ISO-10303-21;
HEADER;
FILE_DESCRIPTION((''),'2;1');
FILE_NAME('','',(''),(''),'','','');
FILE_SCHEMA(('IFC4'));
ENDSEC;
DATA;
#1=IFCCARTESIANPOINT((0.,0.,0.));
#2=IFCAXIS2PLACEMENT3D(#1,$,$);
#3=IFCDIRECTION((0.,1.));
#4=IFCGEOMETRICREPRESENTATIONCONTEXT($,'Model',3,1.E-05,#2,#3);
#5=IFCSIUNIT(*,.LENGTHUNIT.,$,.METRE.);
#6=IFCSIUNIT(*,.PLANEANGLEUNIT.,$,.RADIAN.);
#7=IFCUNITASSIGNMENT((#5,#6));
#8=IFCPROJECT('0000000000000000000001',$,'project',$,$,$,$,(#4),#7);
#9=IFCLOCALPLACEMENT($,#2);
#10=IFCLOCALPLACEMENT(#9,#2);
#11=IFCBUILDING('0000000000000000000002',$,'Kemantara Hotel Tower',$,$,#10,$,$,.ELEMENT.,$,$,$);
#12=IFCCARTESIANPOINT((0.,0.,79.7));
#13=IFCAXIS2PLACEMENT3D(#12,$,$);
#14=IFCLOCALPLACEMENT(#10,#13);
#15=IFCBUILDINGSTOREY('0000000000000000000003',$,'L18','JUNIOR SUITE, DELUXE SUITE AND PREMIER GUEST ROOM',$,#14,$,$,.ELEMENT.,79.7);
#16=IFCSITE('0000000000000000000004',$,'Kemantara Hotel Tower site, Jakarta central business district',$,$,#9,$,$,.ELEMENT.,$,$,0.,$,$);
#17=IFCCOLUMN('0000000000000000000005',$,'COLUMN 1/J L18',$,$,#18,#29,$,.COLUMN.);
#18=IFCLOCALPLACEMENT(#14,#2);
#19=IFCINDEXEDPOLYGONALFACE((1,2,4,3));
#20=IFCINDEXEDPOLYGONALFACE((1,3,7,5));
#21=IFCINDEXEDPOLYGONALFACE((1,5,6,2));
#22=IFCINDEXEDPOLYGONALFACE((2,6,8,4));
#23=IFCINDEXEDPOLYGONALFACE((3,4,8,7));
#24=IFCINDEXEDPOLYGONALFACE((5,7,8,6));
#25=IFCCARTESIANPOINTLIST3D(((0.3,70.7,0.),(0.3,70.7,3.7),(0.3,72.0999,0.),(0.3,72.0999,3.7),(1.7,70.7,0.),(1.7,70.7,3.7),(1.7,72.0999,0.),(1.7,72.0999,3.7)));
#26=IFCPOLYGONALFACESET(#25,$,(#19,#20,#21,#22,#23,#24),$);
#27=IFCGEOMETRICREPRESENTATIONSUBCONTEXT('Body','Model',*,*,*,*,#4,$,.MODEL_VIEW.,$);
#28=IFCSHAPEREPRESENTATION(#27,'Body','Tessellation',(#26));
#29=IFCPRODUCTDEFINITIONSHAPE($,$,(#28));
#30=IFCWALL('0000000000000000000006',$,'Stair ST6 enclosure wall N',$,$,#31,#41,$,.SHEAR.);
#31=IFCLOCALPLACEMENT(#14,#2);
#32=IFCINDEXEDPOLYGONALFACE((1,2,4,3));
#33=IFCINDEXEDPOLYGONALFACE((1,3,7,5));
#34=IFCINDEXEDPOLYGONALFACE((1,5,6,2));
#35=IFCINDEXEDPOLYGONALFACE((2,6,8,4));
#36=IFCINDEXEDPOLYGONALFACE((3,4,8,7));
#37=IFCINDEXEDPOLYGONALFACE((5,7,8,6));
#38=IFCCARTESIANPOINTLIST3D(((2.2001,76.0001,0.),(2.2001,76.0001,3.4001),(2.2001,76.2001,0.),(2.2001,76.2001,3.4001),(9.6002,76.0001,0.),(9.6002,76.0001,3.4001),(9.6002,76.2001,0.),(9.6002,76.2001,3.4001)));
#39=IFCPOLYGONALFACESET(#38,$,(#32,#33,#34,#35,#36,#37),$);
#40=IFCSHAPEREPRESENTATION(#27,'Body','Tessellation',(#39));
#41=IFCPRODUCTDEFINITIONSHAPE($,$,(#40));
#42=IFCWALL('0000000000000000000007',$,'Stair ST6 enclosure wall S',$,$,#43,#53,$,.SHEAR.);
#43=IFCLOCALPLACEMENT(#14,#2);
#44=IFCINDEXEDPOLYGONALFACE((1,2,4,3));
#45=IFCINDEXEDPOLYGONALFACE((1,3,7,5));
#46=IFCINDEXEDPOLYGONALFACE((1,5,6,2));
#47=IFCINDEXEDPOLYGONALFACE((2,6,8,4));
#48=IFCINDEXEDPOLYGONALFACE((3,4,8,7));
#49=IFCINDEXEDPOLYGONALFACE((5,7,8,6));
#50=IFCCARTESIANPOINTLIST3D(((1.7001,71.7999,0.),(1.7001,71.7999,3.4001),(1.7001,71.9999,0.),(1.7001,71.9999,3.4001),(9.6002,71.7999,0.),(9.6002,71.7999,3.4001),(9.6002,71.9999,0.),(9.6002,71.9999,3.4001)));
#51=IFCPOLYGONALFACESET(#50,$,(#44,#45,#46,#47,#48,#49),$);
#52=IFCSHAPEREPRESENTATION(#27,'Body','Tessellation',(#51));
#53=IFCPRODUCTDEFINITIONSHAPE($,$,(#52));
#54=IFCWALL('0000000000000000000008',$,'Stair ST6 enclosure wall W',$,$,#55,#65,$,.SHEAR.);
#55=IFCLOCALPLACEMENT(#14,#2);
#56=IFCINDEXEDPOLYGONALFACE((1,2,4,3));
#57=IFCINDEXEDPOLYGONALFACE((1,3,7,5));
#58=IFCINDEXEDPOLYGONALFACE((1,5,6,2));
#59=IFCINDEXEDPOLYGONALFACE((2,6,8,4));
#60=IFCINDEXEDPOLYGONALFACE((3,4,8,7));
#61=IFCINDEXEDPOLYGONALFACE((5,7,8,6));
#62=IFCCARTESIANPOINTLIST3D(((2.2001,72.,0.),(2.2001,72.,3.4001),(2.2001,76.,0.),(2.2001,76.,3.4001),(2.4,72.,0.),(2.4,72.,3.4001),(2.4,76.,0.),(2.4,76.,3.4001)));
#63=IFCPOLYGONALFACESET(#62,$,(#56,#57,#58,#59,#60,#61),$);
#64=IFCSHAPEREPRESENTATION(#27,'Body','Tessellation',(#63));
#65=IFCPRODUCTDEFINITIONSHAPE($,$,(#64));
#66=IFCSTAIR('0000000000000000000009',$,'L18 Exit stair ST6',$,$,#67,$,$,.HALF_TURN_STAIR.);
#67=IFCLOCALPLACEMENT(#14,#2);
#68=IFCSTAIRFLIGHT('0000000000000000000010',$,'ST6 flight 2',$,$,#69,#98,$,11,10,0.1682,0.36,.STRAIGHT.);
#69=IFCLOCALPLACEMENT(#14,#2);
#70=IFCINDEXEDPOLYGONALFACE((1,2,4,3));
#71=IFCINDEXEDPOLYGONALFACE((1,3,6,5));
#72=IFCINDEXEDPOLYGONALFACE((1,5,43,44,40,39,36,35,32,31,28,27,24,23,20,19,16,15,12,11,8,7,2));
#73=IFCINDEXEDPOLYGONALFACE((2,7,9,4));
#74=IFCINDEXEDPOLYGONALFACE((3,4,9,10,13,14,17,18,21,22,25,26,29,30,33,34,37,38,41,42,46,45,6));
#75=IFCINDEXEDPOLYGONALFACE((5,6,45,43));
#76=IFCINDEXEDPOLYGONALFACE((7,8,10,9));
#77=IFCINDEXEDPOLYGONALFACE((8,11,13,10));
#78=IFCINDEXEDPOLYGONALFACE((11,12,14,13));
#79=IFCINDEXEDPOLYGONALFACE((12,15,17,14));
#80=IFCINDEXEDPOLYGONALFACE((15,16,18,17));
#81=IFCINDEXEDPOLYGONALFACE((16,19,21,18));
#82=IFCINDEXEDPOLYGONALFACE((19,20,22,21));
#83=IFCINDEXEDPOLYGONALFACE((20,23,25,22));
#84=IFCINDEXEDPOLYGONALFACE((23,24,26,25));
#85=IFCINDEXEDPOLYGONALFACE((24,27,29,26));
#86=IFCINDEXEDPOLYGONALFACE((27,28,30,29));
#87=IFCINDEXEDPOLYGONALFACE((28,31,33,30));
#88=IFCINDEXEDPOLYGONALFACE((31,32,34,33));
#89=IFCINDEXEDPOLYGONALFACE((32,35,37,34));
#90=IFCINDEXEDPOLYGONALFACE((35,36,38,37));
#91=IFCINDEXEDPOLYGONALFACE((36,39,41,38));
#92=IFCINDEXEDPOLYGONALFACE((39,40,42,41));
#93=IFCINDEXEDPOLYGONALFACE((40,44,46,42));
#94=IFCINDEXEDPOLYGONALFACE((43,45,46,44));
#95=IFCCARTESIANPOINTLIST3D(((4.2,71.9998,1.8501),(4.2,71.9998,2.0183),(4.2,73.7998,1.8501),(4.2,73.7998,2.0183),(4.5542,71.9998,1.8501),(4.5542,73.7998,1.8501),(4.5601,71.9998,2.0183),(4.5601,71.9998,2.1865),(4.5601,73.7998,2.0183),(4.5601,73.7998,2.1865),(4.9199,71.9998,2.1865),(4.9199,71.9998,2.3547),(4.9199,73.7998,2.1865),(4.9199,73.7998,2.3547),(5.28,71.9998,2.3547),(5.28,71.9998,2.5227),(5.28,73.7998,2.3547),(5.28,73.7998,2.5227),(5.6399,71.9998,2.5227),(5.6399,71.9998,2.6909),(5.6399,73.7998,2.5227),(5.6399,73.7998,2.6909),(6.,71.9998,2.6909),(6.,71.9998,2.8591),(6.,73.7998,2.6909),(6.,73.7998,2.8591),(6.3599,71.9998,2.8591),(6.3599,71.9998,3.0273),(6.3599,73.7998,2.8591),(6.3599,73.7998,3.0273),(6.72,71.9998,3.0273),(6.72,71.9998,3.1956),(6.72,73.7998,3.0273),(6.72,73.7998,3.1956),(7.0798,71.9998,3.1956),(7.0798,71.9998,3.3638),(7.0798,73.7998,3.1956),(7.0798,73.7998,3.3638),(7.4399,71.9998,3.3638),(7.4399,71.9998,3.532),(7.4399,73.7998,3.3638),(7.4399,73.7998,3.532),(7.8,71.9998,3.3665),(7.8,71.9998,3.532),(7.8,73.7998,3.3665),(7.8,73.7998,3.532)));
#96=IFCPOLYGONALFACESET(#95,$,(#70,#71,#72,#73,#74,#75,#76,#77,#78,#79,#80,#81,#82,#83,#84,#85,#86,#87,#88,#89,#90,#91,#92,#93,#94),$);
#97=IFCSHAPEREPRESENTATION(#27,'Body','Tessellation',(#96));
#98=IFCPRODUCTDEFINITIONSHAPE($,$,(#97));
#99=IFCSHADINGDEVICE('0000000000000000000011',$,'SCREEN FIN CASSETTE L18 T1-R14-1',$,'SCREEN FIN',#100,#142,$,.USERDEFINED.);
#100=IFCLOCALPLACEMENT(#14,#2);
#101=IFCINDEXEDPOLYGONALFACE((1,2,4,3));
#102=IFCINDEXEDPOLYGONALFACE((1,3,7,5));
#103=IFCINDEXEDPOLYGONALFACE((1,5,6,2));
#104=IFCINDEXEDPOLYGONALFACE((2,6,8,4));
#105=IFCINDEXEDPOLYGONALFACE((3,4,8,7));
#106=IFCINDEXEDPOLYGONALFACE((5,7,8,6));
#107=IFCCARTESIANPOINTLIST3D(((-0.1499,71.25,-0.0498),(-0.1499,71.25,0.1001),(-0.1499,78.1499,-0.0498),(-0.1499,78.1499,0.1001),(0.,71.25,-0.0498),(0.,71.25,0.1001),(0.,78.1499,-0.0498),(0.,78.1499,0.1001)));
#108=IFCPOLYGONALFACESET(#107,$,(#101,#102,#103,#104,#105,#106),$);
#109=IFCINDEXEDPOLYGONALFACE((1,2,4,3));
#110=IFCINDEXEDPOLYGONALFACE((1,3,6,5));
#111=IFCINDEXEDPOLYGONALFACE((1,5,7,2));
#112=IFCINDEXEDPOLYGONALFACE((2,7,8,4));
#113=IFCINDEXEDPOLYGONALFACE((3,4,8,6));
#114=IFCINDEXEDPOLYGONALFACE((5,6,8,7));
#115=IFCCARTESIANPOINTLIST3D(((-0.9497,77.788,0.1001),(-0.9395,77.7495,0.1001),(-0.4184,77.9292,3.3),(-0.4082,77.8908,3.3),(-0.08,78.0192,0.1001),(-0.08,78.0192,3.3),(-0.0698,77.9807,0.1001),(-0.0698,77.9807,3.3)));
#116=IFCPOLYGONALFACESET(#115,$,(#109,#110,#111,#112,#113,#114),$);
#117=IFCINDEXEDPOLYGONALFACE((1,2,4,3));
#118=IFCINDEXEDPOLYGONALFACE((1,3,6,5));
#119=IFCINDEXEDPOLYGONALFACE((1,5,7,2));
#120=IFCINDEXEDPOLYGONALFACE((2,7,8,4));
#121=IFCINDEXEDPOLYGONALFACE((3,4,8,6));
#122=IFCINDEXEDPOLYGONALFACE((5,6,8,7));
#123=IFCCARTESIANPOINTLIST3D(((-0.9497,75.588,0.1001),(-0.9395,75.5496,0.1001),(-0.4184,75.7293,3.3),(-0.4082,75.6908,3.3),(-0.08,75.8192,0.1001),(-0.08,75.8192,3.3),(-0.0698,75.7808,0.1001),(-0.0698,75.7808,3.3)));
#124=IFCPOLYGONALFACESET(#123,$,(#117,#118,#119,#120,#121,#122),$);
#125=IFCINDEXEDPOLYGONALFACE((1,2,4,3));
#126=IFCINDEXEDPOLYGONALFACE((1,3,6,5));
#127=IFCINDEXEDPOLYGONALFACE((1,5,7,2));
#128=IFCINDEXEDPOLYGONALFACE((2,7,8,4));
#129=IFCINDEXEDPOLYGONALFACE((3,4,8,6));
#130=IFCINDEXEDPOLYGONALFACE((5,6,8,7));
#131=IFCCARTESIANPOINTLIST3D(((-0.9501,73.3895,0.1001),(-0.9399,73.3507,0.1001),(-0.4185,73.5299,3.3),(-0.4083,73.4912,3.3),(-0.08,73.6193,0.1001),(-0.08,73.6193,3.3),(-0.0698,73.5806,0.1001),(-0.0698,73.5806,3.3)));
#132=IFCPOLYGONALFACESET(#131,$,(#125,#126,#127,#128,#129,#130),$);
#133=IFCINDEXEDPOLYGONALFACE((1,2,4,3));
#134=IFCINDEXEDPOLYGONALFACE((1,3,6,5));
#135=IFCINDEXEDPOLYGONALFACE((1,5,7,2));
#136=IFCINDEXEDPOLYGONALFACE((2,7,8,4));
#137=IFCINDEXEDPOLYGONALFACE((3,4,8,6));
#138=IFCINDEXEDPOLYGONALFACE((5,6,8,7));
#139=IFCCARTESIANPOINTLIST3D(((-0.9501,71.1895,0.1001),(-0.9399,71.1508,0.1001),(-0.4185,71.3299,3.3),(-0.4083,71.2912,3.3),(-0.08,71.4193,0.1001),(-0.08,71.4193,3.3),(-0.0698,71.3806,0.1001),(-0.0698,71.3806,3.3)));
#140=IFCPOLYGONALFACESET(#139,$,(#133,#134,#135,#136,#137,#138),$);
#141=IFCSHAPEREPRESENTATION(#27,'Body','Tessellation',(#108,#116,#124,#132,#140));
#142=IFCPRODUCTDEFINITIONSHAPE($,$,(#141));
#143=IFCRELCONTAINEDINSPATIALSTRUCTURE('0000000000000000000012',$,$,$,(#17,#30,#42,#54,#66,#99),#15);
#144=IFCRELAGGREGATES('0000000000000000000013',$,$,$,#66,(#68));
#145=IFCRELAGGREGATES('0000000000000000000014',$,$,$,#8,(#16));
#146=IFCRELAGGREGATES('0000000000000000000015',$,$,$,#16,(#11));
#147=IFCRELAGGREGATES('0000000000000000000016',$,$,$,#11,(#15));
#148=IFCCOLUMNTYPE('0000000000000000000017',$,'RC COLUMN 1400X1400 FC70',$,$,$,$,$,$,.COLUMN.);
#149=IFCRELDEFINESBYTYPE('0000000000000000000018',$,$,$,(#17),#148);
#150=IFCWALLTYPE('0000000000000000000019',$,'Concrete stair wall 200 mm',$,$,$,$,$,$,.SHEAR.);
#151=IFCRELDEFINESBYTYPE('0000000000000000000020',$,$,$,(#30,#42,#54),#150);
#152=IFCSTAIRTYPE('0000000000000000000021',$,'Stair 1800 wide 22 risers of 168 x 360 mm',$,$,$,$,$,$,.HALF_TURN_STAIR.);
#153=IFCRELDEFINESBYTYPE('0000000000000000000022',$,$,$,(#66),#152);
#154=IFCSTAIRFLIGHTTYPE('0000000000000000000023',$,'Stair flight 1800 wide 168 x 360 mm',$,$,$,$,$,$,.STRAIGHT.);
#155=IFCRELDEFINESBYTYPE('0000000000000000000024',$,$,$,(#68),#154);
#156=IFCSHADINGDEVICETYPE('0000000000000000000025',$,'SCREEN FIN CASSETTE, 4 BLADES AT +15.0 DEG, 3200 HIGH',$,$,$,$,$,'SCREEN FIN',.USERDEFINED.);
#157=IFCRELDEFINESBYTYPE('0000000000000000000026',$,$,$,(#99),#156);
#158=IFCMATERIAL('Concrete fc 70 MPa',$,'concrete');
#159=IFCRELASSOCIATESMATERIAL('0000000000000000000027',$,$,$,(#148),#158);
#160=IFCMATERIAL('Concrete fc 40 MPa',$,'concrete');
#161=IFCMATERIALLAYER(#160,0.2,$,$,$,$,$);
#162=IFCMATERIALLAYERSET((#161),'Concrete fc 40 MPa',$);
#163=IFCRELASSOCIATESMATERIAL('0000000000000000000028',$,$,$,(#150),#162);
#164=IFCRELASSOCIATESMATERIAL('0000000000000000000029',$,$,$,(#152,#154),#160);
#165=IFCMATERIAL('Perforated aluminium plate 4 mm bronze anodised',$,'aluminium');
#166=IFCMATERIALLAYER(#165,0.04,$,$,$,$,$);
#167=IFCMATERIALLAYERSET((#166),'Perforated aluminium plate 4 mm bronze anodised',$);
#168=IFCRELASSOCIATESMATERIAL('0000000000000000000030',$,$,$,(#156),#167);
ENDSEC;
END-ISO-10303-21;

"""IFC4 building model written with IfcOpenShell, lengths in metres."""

from ifc_helpers import new_model, si_unit, direction, frame, frame_2d, origin, origin_2d, place, context, subcontext, project, spatial, polyline, rectangle, outline, extrude, source, transform, mapped, material, layer, layer_set, material_profile, profile_set, type_object, element, aggregate, save


model = new_model("IFC4")

# Units and contexts
model_context = context("Model", 3, precision=1e-05, world=origin(), true_north=direction((0.0, 1.0)))
body_context = subcontext(model_context, "Body", "Model", "MODEL_VIEW")
ifc_project = project(units=[si_unit("LENGTHUNIT", "METRE"), si_unit("PLANEANGLEUNIT", "RADIAN")], contexts=[model_context])

# Site, building, storey
site_placement = place(None, origin())
site = spatial("IfcSite", under=ifc_project, at=site_placement, Name="Kemantara Hotel Tower site, Jakarta central business district", CompositionType="ELEMENT", RefElevation=0.0)
building_placement = place(site_placement, origin())
building = spatial("IfcBuilding", under=site, at=building_placement, Name="Kemantara Hotel Tower", CompositionType="ELEMENT")
storey_placement = place(building_placement, frame((0.0, 0.0, 79.7)))
storey = spatial("IfcBuildingStorey", under=building, at=storey_placement, Name="L18", Description="JUNIOR SUITE, DELUXE SUITE AND PREMIER GUEST ROOM", CompositionType="ELEMENT", Elevation=79.7)

# Column
ifc_material_1 = material(Name="Concrete fc 70 MPa", Category="concrete")
ifc_material_profile = material_profile(ifc_material_1, rectangle(XDim=1.3999, YDim=1.3999, at=origin_2d()), Name="RC 1400X1400")
ifc_profile_set = profile_set([ifc_material_profile], Name="Concrete fc 70 MPa")
column_type = type_object("IfcColumnType", Name="RC COLUMN 1400X1400 FC70", PredefinedType="COLUMN", material=ifc_profile_set)
column_placement = place(storey_placement, frame((1.0, 71.3999, 0.0), z_axis=(0.0, 0.0, 1.0), x_axis=(1.0, 0.0, 0.0)))
element("IfcColumn", 1, at=column_placement, inside=storey, type_object=column_type, Name="COLUMN 1/J L18", PredefinedType="COLUMN", context=body_context, shape_type="SweptSolid", body=[
    extrude(rectangle(XDim=1.3999, YDim=1.3999, at=origin_2d()), origin(), (0.0, 0.0, 1.0), 3.7),
])

# Walls
ifc_material_2 = material(Name="Concrete fc 40 MPa", Category="concrete")
ifc_layer_1 = layer(ifc_material_2, 0.2)
ifc_layer_set_1 = layer_set([ifc_layer_1], Name="Concrete fc 40 MPa")
wall_type = type_object("IfcWallType", Name="Concrete stair wall 200 mm", PredefinedType="SHEAR", material=ifc_layer_set_1)
wall_1_placement = place(storey_placement, frame((2.2, 76.1001, 0.0), z_axis=(0.0, 0.0, 1.0), x_axis=(1.0, 0.0, 0.0)))
element("IfcWall", 2, at=wall_1_placement, inside=storey, type_object=wall_type, Name="Stair ST6 enclosure wall N", PredefinedType="SHEAR", context=body_context, shape_type="SweptSolid", body=[
    extrude(rectangle(XDim=7.4001, YDim=0.2, at=frame_2d((3.7002, 0.0))), origin(), (0.0, 0.0, 1.0), 3.4001),
])
wall_2_placement = place(storey_placement, frame((1.7, 71.8999, 0.0), z_axis=(0.0, 0.0, 1.0), x_axis=(1.0, 0.0, 0.0)))
element("IfcWall", 3, at=wall_2_placement, inside=storey, type_object=wall_type, Name="Stair ST6 enclosure wall S", PredefinedType="SHEAR", context=body_context, shape_type="SweptSolid", body=[
    extrude(rectangle(XDim=7.9001, YDim=0.2, at=frame_2d((3.9502, 0.0))), origin(), (0.0, 0.0, 1.0), 3.4001),
])
wall_3_placement = place(storey_placement, frame((2.3, 72.0, 0.0), z_axis=(0.0, 0.0, 1.0), x_axis=(0.0, 1.0, 0.0)))
element("IfcWall", 4, at=wall_3_placement, inside=storey, type_object=wall_type, Name="Stair ST6 enclosure wall W", PredefinedType="SHEAR", context=body_context, shape_type="SweptSolid", body=[
    extrude(rectangle(XDim=4.0, YDim=0.2, at=frame_2d((2.0, 0.0))), origin(), (0.0, 0.0, 1.0), 3.4001),
])

# Stair, stair flight
stair_type = type_object("IfcStairType", Name="Stair 1800 wide 22 risers of 168 x 360 mm", PredefinedType="HALF_TURN_STAIR", material=ifc_material_2)
stair_placement = place(storey_placement, origin())
stair = element("IfcStair", 5, at=stair_placement, inside=storey, type_object=stair_type, Name="L18 Exit stair ST6", PredefinedType="HALF_TURN_STAIR")
stair_flight_type = type_object("IfcStairFlightType", Name="Stair flight 1800 wide 168 x 360 mm", PredefinedType="STRAIGHT", material=ifc_material_2)
stair_flight_placement = place(storey_placement, frame((4.2, 72.8999, 1.8501), z_axis=(0.0, 0.0, 1.0), x_axis=(1.0, 0.0, 0.0)))
stair_flight = element("IfcStairFlight", 6, at=stair_flight_placement, type_object=stair_flight_type, Name="ST6 flight 2", NumberOfRisers=11, NumberOfTreads=10, PredefinedType="STRAIGHT", RiserHeight=0.1682, TreadLength=0.36, context=body_context, shape_type="SweptSolid", body=[
    extrude(outline(polyline([(0.0, 0.0), (0.0, 0.1682), (0.3601, 0.1682), (0.3601, 0.3364), (0.72, 0.3364), (0.72, 0.5046), (1.0801, 0.5046), (1.0801, 0.6726), (1.4399, 0.6726), (1.4399, 0.8408), (1.8, 0.8408), (1.8, 1.009), (2.1599, 1.009), (2.1599, 1.1772), (2.52, 1.1772), (2.52, 1.3455), (2.8799, 1.3455), (2.8799, 1.5137), (3.24, 1.5137), (3.24, 1.6819), (3.6001, 1.6819), (3.6001, 1.8501), (3.6001, 1.5164), (0.3542, 0.0), (0.0, 0.0)])), frame((0.0, 0.8999, 0.0), z_axis=(0.0, -1.0, 0.0), x_axis=(1.0, 0.0, 0.0)), (0.0, 0.0, 1.0), 1.8),
])
aggregate(stair, [stair_flight])

# Shading device
ifc_material_3 = material(Name="Perforated aluminium plate 4 mm bronze anodised", Category="aluminium")
ifc_layer_2 = layer(ifc_material_3, 0.04)
ifc_layer_set_2 = layer_set([ifc_layer_2], Name="Perforated aluminium plate 4 mm bronze anodised")
shading_device_type = type_object("IfcShadingDeviceType", Name="SCREEN FIN CASSETTE, 4 BLADES AT +15.0 DEG, 3200 HIGH", ElementType="SCREEN FIN", PredefinedType="USERDEFINED", material=ifc_layer_set_2)
shared_shape = source(origin(), body_context, "Body", "SweptSolid", [
    extrude(rectangle(XDim=6.8999, YDim=0.1499, at=origin_2d()), frame((3.3, -0.075, -0.1499), z_axis=(0.0, 0.0, 1.0), x_axis=(1.0, 0.0, 0.0)), (0.0, 0.0, 1.0), 0.1499),
    extrude(outline(polyline([(0.0, 0.0), (0.8999, 0.0), (0.3501, 3.2), (0.0, 3.2), (0.0, 0.0)])), frame((0.0193, -0.0698, 0.0), z_axis=(-0.966438, -0.256901, 0.0), x_axis=(0.256901, -0.966438, 0.0)), (0.0, 0.0, 1.0), 0.0398),
    extrude(outline(polyline([(0.0, 0.0), (0.8999, 0.0), (0.3501, 3.2), (0.0, 3.2), (0.0, 0.0)])), frame((2.2192, -0.0698, 0.0), z_axis=(-0.966438, -0.256901, 0.0), x_axis=(0.256901, -0.966438, 0.0)), (0.0, 0.0, 1.0), 0.0398),
    extrude(outline(polyline([(0.0, 0.0), (0.8999, 0.0), (0.3501, 3.2), (0.0, 3.2), (0.0, 0.0)])), frame((4.4194, -0.0698, 0.0), z_axis=(-0.966838, -0.255391, 0.0), x_axis=(0.255391, -0.966838, 0.0)), (0.0, 0.0, 1.0), 0.04),
    extrude(outline(polyline([(0.0, 0.0), (0.8999, 0.0), (0.3501, 3.2), (0.0, 3.2), (0.0, 0.0)])), frame((6.6194, -0.0698, 0.0), z_axis=(-0.966838, -0.255391, 0.0), x_axis=(0.255391, -0.966838, 0.0)), (0.0, 0.0, 1.0), 0.04),
])
shading_device_placement = place(storey_placement, frame((0.0, 78.0, 0.1001), z_axis=(0.0, 0.0, 1.0), x_axis=(0.0, -1.0, 0.0)))
element("IfcShadingDevice", 7, at=shading_device_placement, inside=storey, type_object=shading_device_type, Name="SCREEN FIN CASSETTE L18 T1-R14-1", ObjectType="SCREEN FIN", PredefinedType="USERDEFINED", context=body_context, shape_type="MappedRepresentation", body=[
    mapped(shared_shape, transform((0.0, 0.0, 0.0))),
])

save(model, "model.ifc")
